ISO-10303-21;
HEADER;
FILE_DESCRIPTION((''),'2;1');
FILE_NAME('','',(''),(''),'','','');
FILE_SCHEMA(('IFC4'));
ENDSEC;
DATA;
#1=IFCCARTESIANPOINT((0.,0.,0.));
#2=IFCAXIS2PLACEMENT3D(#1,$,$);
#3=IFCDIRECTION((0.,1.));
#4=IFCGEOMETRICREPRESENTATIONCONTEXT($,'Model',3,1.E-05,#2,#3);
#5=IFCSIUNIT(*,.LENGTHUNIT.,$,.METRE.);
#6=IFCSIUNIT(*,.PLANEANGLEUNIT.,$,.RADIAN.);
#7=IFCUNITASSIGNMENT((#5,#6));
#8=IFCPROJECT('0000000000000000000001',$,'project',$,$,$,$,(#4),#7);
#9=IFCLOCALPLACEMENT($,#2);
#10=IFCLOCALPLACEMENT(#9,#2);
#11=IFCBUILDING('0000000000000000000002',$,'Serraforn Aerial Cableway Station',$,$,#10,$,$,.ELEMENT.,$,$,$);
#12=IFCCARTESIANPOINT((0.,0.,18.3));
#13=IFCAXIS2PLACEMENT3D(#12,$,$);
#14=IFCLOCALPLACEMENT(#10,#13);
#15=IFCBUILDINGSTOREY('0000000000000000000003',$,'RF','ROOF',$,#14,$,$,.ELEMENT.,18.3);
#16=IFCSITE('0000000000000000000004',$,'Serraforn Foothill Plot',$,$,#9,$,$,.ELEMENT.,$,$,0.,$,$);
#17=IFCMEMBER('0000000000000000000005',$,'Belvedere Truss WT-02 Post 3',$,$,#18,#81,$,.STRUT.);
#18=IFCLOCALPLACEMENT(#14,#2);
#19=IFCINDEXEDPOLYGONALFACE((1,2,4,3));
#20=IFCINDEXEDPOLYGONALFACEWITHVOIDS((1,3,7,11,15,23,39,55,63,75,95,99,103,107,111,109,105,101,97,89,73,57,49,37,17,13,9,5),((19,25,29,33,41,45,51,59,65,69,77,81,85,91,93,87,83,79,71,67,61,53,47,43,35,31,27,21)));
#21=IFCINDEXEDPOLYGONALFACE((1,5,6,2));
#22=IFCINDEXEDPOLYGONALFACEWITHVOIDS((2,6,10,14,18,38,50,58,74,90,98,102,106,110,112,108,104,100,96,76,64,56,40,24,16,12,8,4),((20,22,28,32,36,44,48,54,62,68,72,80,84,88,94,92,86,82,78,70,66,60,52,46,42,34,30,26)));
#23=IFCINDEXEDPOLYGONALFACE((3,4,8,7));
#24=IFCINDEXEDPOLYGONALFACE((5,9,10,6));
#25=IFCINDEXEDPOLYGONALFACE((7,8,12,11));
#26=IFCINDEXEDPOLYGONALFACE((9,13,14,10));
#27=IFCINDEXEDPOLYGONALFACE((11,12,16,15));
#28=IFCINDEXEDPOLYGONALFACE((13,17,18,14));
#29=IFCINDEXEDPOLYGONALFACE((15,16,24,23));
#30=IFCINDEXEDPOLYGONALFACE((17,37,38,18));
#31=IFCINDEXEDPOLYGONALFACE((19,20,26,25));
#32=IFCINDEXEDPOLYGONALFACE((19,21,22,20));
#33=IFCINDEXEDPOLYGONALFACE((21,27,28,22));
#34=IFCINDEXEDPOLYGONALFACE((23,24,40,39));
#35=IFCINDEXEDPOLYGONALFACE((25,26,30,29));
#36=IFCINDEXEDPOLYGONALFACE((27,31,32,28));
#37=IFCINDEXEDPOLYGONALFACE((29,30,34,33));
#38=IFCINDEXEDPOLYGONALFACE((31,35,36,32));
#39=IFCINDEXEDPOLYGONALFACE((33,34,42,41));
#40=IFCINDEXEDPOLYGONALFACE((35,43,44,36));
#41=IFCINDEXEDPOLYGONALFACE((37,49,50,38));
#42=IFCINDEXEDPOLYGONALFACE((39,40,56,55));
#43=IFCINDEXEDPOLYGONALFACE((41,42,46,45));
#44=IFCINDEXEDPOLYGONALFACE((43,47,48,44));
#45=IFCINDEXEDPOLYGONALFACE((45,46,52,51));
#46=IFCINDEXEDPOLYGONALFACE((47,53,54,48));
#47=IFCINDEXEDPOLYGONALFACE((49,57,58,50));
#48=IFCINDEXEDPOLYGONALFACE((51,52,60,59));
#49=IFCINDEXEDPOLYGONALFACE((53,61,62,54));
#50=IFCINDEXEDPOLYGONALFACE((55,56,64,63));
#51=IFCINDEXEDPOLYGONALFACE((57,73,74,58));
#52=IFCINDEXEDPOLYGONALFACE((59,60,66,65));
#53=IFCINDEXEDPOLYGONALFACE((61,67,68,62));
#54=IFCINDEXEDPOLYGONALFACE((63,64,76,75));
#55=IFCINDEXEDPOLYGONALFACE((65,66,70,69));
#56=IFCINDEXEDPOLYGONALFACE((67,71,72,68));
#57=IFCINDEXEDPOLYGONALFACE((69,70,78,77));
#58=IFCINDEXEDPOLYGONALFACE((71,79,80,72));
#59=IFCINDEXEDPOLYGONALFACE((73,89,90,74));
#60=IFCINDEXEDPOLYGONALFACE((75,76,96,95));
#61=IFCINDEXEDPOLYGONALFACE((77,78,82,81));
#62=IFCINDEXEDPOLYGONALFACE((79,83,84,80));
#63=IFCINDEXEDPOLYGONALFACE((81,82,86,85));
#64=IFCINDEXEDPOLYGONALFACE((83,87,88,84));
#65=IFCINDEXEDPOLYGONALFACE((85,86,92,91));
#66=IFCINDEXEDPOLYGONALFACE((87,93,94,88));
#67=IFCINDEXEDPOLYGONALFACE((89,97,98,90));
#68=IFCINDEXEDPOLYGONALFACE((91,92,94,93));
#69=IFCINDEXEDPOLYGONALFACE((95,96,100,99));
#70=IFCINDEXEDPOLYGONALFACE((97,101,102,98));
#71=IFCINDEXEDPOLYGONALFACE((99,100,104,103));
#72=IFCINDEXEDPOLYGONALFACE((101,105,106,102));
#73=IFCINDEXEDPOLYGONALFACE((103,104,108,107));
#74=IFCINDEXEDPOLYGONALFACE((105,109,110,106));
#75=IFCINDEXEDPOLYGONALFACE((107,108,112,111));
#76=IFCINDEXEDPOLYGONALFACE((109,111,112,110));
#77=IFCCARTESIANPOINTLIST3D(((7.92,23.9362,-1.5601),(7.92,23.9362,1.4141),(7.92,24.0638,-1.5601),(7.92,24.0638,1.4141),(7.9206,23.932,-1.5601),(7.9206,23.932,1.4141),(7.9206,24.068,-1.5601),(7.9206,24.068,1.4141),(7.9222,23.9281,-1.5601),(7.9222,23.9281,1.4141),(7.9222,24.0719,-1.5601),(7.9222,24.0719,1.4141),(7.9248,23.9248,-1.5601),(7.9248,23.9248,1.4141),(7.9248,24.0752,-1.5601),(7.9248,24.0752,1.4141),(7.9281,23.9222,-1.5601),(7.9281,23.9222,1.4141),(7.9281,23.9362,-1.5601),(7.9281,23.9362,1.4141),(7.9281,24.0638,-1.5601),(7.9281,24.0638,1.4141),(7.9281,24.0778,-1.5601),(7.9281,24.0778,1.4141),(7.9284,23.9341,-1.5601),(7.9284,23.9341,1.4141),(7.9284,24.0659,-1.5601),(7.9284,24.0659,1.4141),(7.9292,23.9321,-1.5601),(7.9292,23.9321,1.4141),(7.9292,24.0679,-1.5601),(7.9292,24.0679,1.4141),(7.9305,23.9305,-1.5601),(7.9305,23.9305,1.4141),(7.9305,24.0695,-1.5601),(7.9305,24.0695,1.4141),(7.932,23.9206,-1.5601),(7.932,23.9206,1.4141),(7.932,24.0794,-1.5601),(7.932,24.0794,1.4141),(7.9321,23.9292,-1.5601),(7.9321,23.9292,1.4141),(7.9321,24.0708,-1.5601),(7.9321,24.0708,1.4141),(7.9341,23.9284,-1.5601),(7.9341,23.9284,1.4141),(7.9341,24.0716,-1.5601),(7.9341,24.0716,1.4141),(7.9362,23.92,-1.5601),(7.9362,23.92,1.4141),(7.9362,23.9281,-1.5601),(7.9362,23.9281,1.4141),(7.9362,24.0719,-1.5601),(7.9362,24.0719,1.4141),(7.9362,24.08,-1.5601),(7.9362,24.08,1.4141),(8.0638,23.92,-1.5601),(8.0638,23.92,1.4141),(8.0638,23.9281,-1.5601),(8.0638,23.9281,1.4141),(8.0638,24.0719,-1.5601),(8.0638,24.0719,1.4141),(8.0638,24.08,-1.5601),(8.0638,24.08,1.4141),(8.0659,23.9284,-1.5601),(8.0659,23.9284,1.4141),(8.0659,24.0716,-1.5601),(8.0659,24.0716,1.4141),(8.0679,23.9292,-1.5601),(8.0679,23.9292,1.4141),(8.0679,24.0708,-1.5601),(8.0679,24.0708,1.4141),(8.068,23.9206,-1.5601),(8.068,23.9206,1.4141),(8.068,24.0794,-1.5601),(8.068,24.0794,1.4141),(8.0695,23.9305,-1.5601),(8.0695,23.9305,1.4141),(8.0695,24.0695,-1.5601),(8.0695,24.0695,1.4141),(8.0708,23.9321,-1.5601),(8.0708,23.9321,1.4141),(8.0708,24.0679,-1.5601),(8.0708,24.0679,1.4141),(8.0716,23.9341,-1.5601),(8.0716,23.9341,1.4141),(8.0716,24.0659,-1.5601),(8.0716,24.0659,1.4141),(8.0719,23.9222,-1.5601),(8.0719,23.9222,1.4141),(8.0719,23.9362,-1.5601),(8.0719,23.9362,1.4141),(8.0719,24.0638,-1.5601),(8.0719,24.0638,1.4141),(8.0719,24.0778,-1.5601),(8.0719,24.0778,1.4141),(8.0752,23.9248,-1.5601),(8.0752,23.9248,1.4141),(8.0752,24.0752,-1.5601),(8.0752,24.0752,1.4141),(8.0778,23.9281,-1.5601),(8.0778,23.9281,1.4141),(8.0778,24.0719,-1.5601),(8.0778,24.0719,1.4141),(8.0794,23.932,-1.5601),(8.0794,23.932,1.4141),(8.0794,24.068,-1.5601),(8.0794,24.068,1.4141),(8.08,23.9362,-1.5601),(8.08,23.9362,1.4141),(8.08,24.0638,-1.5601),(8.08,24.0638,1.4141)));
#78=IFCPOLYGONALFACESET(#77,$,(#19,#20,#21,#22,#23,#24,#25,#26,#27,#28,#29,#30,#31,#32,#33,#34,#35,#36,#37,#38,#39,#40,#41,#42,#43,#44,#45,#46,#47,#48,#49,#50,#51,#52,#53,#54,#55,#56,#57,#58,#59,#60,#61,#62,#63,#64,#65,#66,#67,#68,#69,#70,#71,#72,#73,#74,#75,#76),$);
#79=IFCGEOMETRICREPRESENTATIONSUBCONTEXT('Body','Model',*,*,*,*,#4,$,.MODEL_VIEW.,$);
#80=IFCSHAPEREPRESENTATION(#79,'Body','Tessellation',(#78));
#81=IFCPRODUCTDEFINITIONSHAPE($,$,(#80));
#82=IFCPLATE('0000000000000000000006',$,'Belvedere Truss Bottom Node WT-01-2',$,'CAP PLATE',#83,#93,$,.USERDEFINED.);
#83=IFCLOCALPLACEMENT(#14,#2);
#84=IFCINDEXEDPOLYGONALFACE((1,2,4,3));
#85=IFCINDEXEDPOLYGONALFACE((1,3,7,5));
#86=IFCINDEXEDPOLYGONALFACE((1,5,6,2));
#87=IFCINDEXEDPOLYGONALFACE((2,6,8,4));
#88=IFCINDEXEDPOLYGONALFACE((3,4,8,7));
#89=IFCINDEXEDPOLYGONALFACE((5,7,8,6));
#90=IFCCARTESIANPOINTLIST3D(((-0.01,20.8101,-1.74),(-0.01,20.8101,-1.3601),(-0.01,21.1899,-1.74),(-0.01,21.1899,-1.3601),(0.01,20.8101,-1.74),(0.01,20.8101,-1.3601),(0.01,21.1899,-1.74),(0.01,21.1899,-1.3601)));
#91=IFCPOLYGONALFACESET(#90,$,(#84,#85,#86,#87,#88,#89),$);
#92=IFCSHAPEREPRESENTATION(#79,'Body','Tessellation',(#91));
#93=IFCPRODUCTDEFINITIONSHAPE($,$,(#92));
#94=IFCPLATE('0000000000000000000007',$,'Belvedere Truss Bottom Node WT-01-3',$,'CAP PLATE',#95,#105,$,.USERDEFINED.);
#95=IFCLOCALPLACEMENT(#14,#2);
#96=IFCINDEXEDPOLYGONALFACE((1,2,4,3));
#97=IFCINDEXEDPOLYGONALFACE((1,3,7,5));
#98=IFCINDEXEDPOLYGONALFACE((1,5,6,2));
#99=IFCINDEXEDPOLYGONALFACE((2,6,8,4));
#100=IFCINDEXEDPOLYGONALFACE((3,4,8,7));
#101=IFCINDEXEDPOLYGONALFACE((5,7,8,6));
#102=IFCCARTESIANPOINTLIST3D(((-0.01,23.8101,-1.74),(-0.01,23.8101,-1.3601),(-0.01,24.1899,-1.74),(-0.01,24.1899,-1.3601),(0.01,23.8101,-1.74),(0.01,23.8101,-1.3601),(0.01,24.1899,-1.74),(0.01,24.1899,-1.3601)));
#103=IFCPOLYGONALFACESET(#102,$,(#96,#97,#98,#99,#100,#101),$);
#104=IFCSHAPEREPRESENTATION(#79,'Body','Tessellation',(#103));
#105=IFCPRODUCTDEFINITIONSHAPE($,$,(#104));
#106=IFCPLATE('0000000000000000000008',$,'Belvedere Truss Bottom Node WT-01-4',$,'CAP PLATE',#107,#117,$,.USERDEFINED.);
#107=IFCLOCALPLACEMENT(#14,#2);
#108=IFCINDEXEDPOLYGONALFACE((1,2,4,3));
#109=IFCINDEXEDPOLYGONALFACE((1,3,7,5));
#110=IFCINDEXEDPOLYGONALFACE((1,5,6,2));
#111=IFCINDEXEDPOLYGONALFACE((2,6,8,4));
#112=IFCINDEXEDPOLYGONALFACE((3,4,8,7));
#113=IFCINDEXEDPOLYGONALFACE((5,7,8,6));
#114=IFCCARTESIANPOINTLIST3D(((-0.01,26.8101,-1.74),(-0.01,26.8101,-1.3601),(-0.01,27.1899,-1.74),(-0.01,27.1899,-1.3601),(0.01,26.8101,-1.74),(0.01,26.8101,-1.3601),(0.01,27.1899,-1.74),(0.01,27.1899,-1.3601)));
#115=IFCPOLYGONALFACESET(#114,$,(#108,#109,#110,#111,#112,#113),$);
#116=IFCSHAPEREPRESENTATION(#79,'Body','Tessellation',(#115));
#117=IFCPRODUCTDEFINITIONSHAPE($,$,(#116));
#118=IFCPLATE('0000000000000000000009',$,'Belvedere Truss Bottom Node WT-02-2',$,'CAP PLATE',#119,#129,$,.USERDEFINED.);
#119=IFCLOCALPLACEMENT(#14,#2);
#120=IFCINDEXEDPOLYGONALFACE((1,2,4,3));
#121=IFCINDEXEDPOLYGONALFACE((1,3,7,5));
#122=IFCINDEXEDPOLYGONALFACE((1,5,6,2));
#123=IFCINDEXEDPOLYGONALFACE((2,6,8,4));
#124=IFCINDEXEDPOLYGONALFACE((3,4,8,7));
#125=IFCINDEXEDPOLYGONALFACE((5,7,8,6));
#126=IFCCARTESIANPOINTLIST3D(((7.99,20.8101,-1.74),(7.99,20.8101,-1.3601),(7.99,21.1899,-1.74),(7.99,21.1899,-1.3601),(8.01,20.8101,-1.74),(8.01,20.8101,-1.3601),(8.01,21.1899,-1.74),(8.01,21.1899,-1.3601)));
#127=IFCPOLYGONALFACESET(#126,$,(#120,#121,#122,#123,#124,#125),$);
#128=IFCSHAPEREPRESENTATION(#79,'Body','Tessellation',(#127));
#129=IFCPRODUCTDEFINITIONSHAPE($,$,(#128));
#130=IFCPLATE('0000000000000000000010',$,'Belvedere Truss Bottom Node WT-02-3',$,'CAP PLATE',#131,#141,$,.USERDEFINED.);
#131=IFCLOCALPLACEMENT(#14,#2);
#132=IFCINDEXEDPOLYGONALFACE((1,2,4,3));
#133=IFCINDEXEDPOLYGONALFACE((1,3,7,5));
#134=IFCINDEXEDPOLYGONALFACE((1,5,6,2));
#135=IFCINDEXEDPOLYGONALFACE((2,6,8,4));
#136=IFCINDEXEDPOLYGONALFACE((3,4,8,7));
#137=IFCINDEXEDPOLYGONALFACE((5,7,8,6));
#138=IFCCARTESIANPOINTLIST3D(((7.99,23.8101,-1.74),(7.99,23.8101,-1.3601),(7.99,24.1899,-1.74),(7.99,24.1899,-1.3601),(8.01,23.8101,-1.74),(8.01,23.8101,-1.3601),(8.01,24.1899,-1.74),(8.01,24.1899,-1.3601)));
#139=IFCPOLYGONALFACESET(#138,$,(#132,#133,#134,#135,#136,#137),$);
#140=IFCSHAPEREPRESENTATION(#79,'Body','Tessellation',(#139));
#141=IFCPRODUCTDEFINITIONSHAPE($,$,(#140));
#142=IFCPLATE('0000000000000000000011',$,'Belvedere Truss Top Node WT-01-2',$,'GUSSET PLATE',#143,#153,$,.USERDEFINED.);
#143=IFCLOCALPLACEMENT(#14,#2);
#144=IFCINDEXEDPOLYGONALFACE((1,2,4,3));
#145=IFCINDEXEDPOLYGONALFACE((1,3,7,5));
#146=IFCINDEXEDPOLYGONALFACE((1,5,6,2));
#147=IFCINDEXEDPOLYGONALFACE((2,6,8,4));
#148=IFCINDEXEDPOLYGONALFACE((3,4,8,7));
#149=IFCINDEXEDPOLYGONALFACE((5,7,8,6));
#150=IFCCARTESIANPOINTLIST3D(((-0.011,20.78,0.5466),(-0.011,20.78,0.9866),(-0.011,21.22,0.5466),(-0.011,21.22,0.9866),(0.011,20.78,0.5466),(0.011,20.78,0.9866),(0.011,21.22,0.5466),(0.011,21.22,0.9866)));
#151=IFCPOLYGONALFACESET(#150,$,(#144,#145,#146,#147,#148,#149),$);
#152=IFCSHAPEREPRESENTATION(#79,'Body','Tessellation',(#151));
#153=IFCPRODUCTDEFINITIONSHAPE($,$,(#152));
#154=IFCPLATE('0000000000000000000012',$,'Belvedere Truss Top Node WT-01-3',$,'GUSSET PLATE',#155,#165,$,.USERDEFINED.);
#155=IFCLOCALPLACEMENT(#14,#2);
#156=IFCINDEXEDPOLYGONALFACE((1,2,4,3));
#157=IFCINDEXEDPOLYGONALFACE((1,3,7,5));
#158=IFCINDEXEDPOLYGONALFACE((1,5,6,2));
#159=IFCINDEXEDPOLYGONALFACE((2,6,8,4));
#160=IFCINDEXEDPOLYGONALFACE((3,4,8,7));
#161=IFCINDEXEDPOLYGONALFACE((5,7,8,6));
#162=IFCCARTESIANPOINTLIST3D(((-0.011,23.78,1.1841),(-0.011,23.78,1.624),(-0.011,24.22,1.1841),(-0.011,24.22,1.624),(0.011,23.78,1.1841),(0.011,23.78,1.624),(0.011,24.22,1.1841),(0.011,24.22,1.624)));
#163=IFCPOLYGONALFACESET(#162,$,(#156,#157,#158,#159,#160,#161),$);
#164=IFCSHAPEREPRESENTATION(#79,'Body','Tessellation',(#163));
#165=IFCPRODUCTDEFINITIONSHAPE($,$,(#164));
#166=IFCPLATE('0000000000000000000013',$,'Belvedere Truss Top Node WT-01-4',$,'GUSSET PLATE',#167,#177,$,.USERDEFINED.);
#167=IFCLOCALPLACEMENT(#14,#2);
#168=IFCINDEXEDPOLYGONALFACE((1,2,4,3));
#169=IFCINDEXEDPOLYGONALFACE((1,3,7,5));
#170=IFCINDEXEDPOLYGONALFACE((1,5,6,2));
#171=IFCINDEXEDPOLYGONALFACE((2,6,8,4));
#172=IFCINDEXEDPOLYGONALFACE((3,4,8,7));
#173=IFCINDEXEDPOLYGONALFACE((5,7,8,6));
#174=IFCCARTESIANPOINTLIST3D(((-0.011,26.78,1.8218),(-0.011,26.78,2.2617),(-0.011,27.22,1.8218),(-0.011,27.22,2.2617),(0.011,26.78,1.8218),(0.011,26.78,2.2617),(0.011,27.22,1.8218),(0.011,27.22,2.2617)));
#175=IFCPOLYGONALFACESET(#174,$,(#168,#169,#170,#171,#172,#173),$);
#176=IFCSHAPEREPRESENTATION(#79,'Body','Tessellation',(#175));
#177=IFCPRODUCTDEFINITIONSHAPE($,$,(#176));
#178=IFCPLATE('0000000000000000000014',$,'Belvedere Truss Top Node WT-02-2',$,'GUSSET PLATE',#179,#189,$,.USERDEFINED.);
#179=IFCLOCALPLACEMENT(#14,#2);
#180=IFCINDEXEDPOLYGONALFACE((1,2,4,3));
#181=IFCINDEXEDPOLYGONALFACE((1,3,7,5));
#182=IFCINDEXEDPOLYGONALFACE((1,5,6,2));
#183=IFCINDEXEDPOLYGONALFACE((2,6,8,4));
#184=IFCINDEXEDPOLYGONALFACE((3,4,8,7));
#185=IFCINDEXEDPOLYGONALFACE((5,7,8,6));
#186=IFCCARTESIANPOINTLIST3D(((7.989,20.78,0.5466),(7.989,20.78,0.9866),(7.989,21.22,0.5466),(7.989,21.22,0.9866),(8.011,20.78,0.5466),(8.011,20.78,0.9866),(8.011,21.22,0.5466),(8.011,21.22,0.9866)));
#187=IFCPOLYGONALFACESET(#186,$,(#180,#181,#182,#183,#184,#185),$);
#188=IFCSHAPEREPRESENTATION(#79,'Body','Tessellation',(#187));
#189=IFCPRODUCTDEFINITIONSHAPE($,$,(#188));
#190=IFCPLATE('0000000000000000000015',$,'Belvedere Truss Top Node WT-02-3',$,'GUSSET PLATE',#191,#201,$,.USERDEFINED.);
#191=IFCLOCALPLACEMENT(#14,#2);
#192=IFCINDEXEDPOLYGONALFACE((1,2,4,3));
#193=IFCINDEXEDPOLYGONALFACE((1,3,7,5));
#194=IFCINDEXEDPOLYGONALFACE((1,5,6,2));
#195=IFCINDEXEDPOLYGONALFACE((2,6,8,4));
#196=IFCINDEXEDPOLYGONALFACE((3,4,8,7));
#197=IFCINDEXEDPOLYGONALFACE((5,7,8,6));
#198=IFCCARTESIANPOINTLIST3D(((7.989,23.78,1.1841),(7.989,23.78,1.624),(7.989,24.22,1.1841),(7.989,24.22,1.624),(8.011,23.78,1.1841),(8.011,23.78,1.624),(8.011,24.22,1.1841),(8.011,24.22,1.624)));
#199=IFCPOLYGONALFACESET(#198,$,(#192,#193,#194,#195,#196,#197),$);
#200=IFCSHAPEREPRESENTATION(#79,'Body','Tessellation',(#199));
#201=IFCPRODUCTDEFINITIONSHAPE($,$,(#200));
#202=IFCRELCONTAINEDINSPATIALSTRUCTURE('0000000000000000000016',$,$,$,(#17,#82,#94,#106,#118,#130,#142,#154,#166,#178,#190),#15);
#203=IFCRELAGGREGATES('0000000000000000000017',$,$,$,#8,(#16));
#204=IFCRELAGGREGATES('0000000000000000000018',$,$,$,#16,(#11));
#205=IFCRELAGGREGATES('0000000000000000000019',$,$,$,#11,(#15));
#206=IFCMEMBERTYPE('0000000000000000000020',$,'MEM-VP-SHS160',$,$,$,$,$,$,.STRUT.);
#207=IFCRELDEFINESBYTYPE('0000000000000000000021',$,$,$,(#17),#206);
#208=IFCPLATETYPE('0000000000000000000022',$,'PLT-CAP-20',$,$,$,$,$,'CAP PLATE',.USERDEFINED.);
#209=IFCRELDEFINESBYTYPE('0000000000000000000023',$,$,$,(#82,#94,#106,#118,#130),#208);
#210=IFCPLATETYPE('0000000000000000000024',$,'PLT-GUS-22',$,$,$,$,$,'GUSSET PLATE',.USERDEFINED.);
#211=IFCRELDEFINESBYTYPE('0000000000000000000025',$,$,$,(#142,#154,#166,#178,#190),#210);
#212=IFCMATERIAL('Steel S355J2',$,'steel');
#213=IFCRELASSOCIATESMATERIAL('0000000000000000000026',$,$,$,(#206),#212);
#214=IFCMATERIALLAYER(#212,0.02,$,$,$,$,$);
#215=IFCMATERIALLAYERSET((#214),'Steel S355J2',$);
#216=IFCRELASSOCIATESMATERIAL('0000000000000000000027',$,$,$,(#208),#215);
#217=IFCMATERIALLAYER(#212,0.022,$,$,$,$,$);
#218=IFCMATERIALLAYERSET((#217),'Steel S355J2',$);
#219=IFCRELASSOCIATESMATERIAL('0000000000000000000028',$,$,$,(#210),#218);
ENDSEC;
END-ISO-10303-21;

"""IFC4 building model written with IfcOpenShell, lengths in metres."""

from ifc_helpers import new_model, si_unit, direction, frame, origin, origin_2d, place, context, subcontext, project, spatial, rectangle, hollow_rectangle, extrude, material, layer, layer_set, material_profile, profile_set, type_object, element, save


model = new_model("IFC4")

# Units and contexts
model_context = context("Model", 3, precision=1e-05, world=origin(), true_north=direction((0.0, 1.0)))
body_context = subcontext(model_context, "Body", "Model", "MODEL_VIEW")
ifc_project = project(units=[si_unit("LENGTHUNIT", "METRE"), si_unit("PLANEANGLEUNIT", "RADIAN")], contexts=[model_context])

# Site, building, storey
site_placement = place(None, origin())
site = spatial("IfcSite", under=ifc_project, at=site_placement, Name="Serraforn Foothill Plot", CompositionType="ELEMENT", RefElevation=0.0)
building_placement = place(site_placement, origin())
building = spatial("IfcBuilding", under=site, at=building_placement, Name="Serraforn Aerial Cableway Station", CompositionType="ELEMENT")
storey_placement = place(building_placement, frame((0.0, 0.0, 18.3)))
storey = spatial("IfcBuildingStorey", under=building, at=storey_placement, Name="RF", Description="ROOF", CompositionType="ELEMENT", Elevation=18.3)

# Member
ifc_material_1 = material(Name="Steel S355J2", Category="steel")
ifc_material_profile_1 = material_profile(ifc_material_1, hollow_rectangle(XDim=0.1599, YDim=0.1599, WallThickness=0.0081, InnerFilletRadius=0.0081, OuterFilletRadius=0.0161, at=origin_2d()), Name="SHS 160x160x8.0")
ifc_profile_set_1 = profile_set([ifc_material_profile_1], Name="Steel S355J2")
member_type_1 = type_object("IfcMemberType", Name="MEM-VP-SHS160", PredefinedType="STRUT", material=ifc_profile_set_1)
member_1_placement = place(storey_placement, frame((8.0, 24.0, -1.5601), z_axis=(0.0, 0.0, 1.0), x_axis=(1.0, 0.0, 0.0)))
element("IfcMember", 1, at=member_1_placement, inside=storey, type_object=member_type_1, Name="Belvedere Truss WT-02 Post 3", PredefinedType="STRUT", context=body_context, shape_type="SweptSolid", body=[
    extrude(hollow_rectangle(XDim=0.1599, YDim=0.1599, WallThickness=0.0081, InnerFilletRadius=0.0081, OuterFilletRadius=0.0161, at=origin_2d()), origin(), (0.0, 0.0, 1.0), 2.9741),
])

# Plates
ifc_layer_1 = layer(ifc_material_1, 0.02)
ifc_layer_set_1 = layer_set([ifc_layer_1], Name="Steel S355J2")
plate_type_1 = type_object("IfcPlateType", Name="PLT-CAP-20", ElementType="CAP PLATE", PredefinedType="USERDEFINED", material=ifc_layer_set_1)
for number, where, z_axis, x_axis, name in (
    (2, (0.0, 21.0, -1.74), (0.0, 0.0, 1.0), (1.0, 0.0, 0.0), "Belvedere Truss Bottom Node WT-01-2"),
    (3, (0.0, 24.0, -1.74), (0.0, 0.0, 1.0), (1.0, 0.0, 0.0), "Belvedere Truss Bottom Node WT-01-3"),
    (4, (0.0, 27.0, -1.74), (0.0, 0.0, 1.0), (1.0, 0.0, 0.0), "Belvedere Truss Bottom Node WT-01-4"),
    (5, (8.0, 21.0, -1.74), (0.0, 0.0, 1.0), (1.0, 0.0, 0.0), "Belvedere Truss Bottom Node WT-02-2"),
    (6, (8.0, 24.0, -1.74), (0.0, 0.0, 1.0), (1.0, 0.0, 0.0), "Belvedere Truss Bottom Node WT-02-3"),
):
    element("IfcPlate", number, at=place(storey_placement, frame(where, z_axis=z_axis, x_axis=x_axis)), inside=storey, type_object=plate_type_1, Name=name, ObjectType="CAP PLATE", PredefinedType="USERDEFINED", context=body_context, shape_type="SweptSolid", body=[
        extrude(rectangle(XDim=0.02, YDim=0.3799, at=origin_2d()), origin(), (0.0, 0.0, 1.0), 0.3799),
    ])
ifc_layer_2 = layer(ifc_material_1, 0.022)
ifc_layer_set_2 = layer_set([ifc_layer_2], Name="Steel S355J2")
plate_type_2 = type_object("IfcPlateType", Name="PLT-GUS-22", ElementType="GUSSET PLATE", PredefinedType="USERDEFINED", material=ifc_layer_set_2)
for number, where, z_axis, x_axis, name in (
    (7, (0.0, 21.0, 0.5466), (0.0, 0.0, 1.0), (1.0, 0.0, 0.0), "Belvedere Truss Top Node WT-01-2"),
    (8, (0.0, 24.0, 1.1841), (0.0, 0.0, 1.0), (1.0, 0.0, 0.0), "Belvedere Truss Top Node WT-01-3"),
    (9, (0.0, 27.0, 1.8218), (0.0, 0.0, 1.0), (1.0, 0.0, 0.0), "Belvedere Truss Top Node WT-01-4"),
    (10, (8.0, 21.0, 0.5466), (0.0, 0.0, 1.0), (1.0, 0.0, 0.0), "Belvedere Truss Top Node WT-02-2"),
    (11, (8.0, 24.0, 1.1841), (0.0, 0.0, 1.0), (1.0, 0.0, 0.0), "Belvedere Truss Top Node WT-02-3"),
):
    element("IfcPlate", number, at=place(storey_placement, frame(where, z_axis=z_axis, x_axis=x_axis)), inside=storey, type_object=plate_type_2, Name=name, ObjectType="GUSSET PLATE", PredefinedType="USERDEFINED", context=body_context, shape_type="SweptSolid", body=[
        extrude(rectangle(XDim=0.022, YDim=0.4399, at=origin_2d()), origin(), (0.0, 0.0, 1.0), 0.4399),
    ])

save(model, "model.ifc")
